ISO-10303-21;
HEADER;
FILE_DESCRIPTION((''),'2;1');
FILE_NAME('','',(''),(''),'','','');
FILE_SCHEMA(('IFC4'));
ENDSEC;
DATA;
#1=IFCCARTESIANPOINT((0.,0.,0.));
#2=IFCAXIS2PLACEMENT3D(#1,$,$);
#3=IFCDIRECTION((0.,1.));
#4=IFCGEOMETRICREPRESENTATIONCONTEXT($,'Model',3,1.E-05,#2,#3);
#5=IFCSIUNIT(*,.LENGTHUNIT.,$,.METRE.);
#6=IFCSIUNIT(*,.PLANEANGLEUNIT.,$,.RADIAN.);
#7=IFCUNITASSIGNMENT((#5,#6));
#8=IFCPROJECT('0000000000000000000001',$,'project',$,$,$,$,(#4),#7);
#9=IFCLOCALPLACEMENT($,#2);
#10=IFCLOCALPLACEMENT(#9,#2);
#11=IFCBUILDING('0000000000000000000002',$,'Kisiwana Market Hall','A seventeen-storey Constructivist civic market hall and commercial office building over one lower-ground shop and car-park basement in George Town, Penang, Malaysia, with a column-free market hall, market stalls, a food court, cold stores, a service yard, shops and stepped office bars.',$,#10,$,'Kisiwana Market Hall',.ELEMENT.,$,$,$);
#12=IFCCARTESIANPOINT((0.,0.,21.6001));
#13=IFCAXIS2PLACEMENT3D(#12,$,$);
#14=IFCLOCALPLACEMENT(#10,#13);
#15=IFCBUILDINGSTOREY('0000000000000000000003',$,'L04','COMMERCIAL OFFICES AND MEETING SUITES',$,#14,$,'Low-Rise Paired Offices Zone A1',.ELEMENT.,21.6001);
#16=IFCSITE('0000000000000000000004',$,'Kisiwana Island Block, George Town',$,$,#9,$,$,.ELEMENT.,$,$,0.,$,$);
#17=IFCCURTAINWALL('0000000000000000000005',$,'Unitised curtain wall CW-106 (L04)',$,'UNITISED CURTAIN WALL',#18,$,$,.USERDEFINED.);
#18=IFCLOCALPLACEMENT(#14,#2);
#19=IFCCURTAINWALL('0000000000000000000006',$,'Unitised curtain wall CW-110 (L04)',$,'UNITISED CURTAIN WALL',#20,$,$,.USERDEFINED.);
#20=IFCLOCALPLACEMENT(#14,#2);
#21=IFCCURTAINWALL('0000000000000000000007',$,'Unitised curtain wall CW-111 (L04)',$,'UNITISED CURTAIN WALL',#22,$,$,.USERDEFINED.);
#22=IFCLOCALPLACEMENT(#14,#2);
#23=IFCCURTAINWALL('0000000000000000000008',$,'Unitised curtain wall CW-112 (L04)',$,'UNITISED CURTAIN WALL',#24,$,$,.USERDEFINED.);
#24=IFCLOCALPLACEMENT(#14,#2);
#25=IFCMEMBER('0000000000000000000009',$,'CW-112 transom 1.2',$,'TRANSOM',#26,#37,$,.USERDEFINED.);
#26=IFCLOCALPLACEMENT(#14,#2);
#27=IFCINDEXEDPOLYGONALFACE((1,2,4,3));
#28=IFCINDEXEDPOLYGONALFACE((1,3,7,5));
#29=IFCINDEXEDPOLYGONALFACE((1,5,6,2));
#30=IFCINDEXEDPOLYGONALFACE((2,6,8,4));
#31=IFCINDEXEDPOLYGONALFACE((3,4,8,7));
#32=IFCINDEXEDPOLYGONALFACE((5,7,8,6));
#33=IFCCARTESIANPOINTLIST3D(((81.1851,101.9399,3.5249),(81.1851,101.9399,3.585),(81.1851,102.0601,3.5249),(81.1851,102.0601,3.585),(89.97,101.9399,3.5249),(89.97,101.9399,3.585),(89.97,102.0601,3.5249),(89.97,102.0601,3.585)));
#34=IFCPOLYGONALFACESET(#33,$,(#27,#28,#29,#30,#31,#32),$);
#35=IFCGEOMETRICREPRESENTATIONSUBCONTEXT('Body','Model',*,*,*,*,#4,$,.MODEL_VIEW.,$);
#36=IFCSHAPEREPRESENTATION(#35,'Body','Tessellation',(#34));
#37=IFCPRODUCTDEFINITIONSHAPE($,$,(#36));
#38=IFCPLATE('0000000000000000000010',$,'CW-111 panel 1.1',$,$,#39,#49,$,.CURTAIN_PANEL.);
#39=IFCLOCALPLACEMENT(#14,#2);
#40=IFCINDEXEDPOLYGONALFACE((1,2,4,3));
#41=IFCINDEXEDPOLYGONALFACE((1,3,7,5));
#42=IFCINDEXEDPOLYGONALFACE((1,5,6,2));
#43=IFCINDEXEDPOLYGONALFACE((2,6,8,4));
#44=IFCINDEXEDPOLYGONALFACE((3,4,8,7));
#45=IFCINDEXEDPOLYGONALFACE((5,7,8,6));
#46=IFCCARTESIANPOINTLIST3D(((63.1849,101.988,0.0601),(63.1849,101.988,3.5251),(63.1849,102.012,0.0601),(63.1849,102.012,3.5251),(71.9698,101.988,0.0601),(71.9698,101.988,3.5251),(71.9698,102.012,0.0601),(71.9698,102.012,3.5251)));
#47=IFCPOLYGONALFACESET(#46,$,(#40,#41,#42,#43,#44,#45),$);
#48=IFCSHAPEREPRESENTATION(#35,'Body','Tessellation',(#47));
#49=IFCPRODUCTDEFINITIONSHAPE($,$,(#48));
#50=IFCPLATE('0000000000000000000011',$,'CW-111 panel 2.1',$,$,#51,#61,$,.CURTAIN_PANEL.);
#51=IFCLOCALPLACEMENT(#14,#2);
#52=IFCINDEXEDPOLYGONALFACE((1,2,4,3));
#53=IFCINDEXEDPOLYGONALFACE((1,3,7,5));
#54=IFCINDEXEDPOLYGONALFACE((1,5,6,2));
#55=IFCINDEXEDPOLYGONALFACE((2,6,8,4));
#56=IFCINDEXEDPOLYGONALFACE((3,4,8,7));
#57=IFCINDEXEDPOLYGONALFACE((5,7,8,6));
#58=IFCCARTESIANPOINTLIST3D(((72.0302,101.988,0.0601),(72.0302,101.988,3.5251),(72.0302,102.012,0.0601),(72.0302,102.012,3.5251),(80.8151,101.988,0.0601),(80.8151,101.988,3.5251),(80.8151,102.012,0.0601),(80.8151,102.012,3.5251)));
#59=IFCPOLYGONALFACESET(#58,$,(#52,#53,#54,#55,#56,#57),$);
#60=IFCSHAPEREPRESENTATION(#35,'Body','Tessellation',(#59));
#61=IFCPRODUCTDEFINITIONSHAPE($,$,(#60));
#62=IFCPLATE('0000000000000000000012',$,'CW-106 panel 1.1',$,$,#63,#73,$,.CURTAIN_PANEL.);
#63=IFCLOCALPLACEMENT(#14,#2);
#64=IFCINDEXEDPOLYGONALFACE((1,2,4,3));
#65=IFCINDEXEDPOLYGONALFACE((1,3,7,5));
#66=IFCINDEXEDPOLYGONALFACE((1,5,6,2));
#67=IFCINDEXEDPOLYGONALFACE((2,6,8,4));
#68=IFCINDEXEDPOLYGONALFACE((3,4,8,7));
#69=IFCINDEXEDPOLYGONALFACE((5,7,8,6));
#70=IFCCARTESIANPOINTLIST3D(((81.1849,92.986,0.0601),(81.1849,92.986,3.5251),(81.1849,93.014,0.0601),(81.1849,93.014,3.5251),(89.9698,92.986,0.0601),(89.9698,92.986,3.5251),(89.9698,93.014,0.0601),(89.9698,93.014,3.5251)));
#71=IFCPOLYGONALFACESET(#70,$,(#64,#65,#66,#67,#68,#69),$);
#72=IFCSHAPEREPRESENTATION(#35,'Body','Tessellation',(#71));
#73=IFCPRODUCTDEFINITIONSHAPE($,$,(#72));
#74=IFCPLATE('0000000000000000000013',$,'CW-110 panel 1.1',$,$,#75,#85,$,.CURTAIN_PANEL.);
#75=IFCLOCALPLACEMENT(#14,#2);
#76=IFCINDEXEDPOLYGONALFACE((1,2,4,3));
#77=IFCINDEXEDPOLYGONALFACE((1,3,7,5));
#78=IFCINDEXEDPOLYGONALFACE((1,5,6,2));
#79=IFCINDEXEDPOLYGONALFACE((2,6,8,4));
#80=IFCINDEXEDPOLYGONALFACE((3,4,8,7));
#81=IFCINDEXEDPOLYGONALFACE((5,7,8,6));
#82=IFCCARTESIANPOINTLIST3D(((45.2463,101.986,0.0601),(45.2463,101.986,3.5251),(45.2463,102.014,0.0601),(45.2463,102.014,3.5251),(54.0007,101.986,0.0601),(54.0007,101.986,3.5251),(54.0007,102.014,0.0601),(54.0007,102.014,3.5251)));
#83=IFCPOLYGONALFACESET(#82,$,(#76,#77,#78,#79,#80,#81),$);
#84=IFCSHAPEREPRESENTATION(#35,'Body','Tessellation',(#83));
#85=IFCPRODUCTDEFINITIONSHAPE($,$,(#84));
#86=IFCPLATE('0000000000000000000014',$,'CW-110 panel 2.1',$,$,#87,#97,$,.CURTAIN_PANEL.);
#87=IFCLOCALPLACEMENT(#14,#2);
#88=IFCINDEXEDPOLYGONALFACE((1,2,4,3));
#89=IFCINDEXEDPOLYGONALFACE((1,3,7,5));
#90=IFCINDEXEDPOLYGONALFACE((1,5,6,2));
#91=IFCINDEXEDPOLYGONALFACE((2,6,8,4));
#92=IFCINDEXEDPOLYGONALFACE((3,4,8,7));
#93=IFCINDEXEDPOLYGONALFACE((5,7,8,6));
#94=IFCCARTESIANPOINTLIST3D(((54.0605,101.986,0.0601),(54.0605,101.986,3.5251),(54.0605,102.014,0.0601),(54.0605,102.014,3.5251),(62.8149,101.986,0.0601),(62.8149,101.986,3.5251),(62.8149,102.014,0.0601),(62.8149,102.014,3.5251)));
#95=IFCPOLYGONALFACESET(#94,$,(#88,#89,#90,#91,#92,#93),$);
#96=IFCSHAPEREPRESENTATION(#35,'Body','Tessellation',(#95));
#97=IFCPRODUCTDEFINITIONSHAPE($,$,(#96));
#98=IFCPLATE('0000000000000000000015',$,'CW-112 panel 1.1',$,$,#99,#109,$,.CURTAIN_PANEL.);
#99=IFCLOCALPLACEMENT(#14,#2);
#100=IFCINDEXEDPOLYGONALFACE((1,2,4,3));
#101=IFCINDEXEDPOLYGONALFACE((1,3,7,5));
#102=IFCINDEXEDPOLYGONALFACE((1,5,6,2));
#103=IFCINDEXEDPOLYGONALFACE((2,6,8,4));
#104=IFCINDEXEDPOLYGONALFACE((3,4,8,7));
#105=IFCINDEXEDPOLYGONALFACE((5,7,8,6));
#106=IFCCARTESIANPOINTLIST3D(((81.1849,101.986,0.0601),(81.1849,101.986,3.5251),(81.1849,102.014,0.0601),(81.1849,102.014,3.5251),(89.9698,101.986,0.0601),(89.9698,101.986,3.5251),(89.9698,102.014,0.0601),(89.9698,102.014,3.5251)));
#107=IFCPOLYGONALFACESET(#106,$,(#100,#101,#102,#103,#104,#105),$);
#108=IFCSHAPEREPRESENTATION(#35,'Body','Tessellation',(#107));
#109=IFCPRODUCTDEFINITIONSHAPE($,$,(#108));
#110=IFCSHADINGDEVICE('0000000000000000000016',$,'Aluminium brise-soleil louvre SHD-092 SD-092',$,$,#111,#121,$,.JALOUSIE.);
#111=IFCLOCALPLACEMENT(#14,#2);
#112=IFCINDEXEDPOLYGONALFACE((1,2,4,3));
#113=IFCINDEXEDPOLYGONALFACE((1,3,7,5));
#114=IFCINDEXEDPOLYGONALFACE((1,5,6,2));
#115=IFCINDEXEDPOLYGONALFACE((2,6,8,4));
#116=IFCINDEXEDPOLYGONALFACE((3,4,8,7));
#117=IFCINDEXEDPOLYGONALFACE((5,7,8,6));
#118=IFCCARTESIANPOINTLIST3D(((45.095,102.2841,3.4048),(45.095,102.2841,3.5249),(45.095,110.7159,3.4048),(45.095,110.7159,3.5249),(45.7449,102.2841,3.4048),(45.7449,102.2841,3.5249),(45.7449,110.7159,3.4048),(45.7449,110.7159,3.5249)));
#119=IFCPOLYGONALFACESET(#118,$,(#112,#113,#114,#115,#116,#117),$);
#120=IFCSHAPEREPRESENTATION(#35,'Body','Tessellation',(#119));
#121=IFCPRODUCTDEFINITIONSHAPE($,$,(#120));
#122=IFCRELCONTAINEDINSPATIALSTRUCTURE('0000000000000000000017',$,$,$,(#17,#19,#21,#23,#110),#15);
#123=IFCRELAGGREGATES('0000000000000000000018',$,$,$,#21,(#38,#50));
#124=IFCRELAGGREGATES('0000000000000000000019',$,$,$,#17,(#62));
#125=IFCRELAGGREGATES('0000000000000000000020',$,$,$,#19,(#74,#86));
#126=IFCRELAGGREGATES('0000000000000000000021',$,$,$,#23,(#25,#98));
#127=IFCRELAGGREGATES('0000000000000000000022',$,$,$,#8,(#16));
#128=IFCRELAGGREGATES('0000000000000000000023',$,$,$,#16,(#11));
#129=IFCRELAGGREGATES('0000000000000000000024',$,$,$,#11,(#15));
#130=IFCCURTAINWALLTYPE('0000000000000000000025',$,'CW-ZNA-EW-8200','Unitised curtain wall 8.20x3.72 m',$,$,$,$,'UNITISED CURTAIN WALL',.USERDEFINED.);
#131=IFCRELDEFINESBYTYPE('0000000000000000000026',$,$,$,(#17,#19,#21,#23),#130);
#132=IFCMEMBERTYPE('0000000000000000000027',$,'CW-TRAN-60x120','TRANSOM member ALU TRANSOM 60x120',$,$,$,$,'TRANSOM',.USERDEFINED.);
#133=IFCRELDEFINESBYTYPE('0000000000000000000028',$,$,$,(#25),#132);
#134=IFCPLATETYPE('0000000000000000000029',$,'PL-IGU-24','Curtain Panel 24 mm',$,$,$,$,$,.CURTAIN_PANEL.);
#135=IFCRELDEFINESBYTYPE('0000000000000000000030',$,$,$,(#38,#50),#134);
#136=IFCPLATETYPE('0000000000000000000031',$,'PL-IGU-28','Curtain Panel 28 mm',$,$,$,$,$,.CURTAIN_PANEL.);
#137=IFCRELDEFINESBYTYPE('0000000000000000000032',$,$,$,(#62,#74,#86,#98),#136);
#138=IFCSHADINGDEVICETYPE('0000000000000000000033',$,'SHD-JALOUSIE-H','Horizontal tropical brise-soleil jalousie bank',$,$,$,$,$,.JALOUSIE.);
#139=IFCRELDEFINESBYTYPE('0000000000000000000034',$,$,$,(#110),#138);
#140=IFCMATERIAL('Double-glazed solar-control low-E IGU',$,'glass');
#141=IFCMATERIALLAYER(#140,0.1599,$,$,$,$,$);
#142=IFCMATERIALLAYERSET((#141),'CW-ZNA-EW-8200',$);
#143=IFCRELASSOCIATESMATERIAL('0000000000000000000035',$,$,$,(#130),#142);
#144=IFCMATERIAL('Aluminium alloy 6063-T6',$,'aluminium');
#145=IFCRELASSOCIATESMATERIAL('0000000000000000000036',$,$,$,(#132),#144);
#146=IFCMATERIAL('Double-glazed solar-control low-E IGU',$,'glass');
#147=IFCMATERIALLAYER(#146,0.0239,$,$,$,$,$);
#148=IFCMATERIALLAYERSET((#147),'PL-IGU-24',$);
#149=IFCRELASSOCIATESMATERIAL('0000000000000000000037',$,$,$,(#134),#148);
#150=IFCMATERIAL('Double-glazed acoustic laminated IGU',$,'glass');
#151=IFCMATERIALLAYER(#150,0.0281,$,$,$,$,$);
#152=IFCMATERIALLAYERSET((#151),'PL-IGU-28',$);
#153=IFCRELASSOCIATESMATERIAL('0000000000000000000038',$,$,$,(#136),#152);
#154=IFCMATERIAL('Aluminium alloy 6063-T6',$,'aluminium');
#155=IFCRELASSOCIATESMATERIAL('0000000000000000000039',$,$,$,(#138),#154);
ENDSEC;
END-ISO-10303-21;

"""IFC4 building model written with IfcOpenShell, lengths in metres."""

from ifc_helpers import new_model, si_unit, direction, frame, origin, origin_2d, place, context, subcontext, project, spatial, rectangle, extrude, material, layer, layer_set, material_profile, profile_set, type_object, element, aggregate, save


model = new_model("IFC4")

# Units and contexts
model_context = context("Model", 3, precision=1e-05, world=origin(), true_north=direction((0.0, 1.0)))
body_context = subcontext(model_context, "Body", "Model", "MODEL_VIEW")
ifc_project = project(units=[si_unit("LENGTHUNIT", "METRE"), si_unit("PLANEANGLEUNIT", "RADIAN")], contexts=[model_context])

# Site, building, storey
site_placement = place(None, origin())
site = spatial("IfcSite", under=ifc_project, at=site_placement, Name="Kisiwana Island Block, George Town", CompositionType="ELEMENT", RefElevation=0.0)
building_placement = place(site_placement, origin())
building = spatial("IfcBuilding", under=site, at=building_placement, Name="Kisiwana Market Hall", Description="A seventeen-storey Constructivist civic market hall and commercial office building over one lower-ground shop and car-park basement in George Town, Penang, Malaysia, with a column-free market hall, market stalls, a food court, cold stores, a service yard, shops and stepped office bars.", LongName="Kisiwana Market Hall", CompositionType="ELEMENT")
storey_placement = place(building_placement, frame((0.0, 0.0, 21.6001)))
storey = spatial("IfcBuildingStorey", under=building, at=storey_placement, Name="L04", Description="COMMERCIAL OFFICES AND MEETING SUITES", LongName="Low-Rise Paired Offices Zone A1", CompositionType="ELEMENT", Elevation=21.6001)

# Curtain wall
ifc_material_1 = material(Name="Double-glazed solar-control low-E IGU", Category="glass")
ifc_layer_1 = layer(ifc_material_1, 0.1599)
ifc_layer_set_1 = layer_set([ifc_layer_1], Name="CW-ZNA-EW-8200")
curtain_wall_type = type_object("IfcCurtainWallType", Name="CW-ZNA-EW-8200", Description="Unitised curtain wall 8.20x3.72 m", ElementType="UNITISED CURTAIN WALL", PredefinedType="USERDEFINED", material=ifc_layer_set_1)
curtain_wall_1_placement = place(storey_placement, origin())
curtain_wall_1 = element("IfcCurtainWall", 1, at=curtain_wall_1_placement, inside=storey, type_object=curtain_wall_type, Name="Unitised curtain wall CW-106 (L04)", ObjectType="UNITISED CURTAIN WALL", PredefinedType="USERDEFINED")

# Curtain walls
curtain_wall_2_placement = place(storey_placement, origin())
curtain_wall_2 = element("IfcCurtainWall", 2, at=curtain_wall_2_placement, inside=storey, type_object=curtain_wall_type, Name="Unitised curtain wall CW-110 (L04)", ObjectType="UNITISED CURTAIN WALL", PredefinedType="USERDEFINED")
curtain_wall_3_placement = place(storey_placement, origin())
curtain_wall_3 = element("IfcCurtainWall", 3, at=curtain_wall_3_placement, inside=storey, type_object=curtain_wall_type, Name="Unitised curtain wall CW-111 (L04)", ObjectType="UNITISED CURTAIN WALL", PredefinedType="USERDEFINED")

# Curtain wall
curtain_wall_4_placement = place(storey_placement, origin())
curtain_wall_4 = element("IfcCurtainWall", 4, at=curtain_wall_4_placement, inside=storey, type_object=curtain_wall_type, Name="Unitised curtain wall CW-112 (L04)", ObjectType="UNITISED CURTAIN WALL", PredefinedType="USERDEFINED")

# Member
ifc_material_2 = material(Name="Aluminium alloy 6063-T6", Category="aluminium")
ifc_material_profile_1 = material_profile(ifc_material_2, rectangle(XDim=0.1201, YDim=0.0601, at=origin_2d()), Name="ALU TRANSOM 60x120")
ifc_profile_set_1 = profile_set([ifc_material_profile_1], Name="Aluminium alloy 6063-T6")
member_type_1 = type_object("IfcMemberType", Name="CW-TRAN-60x120", Description="TRANSOM member ALU TRANSOM 60x120", ElementType="TRANSOM", PredefinedType="USERDEFINED", material=ifc_profile_set_1)
member_1_placement = place(storey_placement, frame((81.1851, 102.0, 3.5549), z_axis=(1.0, 0.0, 0.0), x_axis=(0.0, 1.0, 0.0)))
member_1 = element("IfcMember", 5, at=member_1_placement, type_object=member_type_1, Name="CW-112 transom 1.2", ObjectType="TRANSOM", PredefinedType="USERDEFINED", context=body_context, shape_type="SweptSolid", body=[
    extrude(rectangle(XDim=0.1201, YDim=0.0601, at=origin_2d()), origin(), (0.0, 0.0, 1.0), 8.7849),
])

# Plates
ifc_material_3 = material(Name="Double-glazed solar-control low-E IGU", Category="glass")
ifc_layer_2 = layer(ifc_material_3, 0.0239)
ifc_layer_set_2 = layer_set([ifc_layer_2], Name="PL-IGU-24")
plate_type_1 = type_object("IfcPlateType", Name="PL-IGU-24", Description="Curtain Panel 24 mm", PredefinedType="CURTAIN_PANEL", material=ifc_layer_set_2)
plate_1_placement = place(storey_placement, frame((67.5774, 102.0, 0.0601), z_axis=(0.0, 0.0, 1.0), x_axis=(1.0, 0.0, 0.0)))
plate_1 = element("IfcPlate", 6, at=plate_1_placement, type_object=plate_type_1, Name="CW-111 panel 1.1", PredefinedType="CURTAIN_PANEL", context=body_context, shape_type="SweptSolid", body=[
    extrude(rectangle(XDim=8.7849, YDim=0.0239, at=origin_2d()), origin(), (0.0, 0.0, 1.0), 3.4651),
])
plate_2_placement = place(storey_placement, frame((76.4226, 102.0, 0.0601), z_axis=(0.0, 0.0, 1.0), x_axis=(1.0, 0.0, 0.0)))
plate_2 = element("IfcPlate", 7, at=plate_2_placement, type_object=plate_type_1, Name="CW-111 panel 2.1", PredefinedType="CURTAIN_PANEL", context=body_context, shape_type="SweptSolid", body=[
    extrude(rectangle(XDim=8.7849, YDim=0.0239, at=origin_2d()), origin(), (0.0, 0.0, 1.0), 3.4651),
])
aggregate(curtain_wall_3, [plate_1, plate_2])
ifc_material_4 = material(Name="Double-glazed acoustic laminated IGU", Category="glass")
ifc_layer_3 = layer(ifc_material_4, 0.0281)
ifc_layer_set_3 = layer_set([ifc_layer_3], Name="PL-IGU-28")
plate_type_2 = type_object("IfcPlateType", Name="PL-IGU-28", Description="Curtain Panel 28 mm", PredefinedType="CURTAIN_PANEL", material=ifc_layer_set_3)
plate_3_placement = place(storey_placement, frame((85.5774, 93.0, 0.0601), z_axis=(0.0, 0.0, 1.0), x_axis=(1.0, 0.0, 0.0)))
plate_3 = element("IfcPlate", 8, at=plate_3_placement, type_object=plate_type_2, Name="CW-106 panel 1.1", PredefinedType="CURTAIN_PANEL", context=body_context, shape_type="SweptSolid", body=[
    extrude(rectangle(XDim=8.7849, YDim=0.0281, at=origin_2d()), origin(), (0.0, 0.0, 1.0), 3.4651),
])
aggregate(curtain_wall_1, [plate_3])
plate_4_placement = place(storey_placement, frame((49.6235, 102.0, 0.0601), z_axis=(0.0, 0.0, 1.0), x_axis=(1.0, 0.0, 0.0)))
plate_4 = element("IfcPlate", 9, at=plate_4_placement, type_object=plate_type_2, Name="CW-110 panel 1.1", PredefinedType="CURTAIN_PANEL", context=body_context, shape_type="SweptSolid", body=[
    extrude(rectangle(XDim=8.7544, YDim=0.0281, at=origin_2d()), origin(), (0.0, 0.0, 1.0), 3.4651),
])
plate_5_placement = place(storey_placement, frame((58.4377, 102.0, 0.0601), z_axis=(0.0, 0.0, 1.0), x_axis=(1.0, 0.0, 0.0)))
plate_5 = element("IfcPlate", 10, at=plate_5_placement, type_object=plate_type_2, Name="CW-110 panel 2.1", PredefinedType="CURTAIN_PANEL", context=body_context, shape_type="SweptSolid", body=[
    extrude(rectangle(XDim=8.7544, YDim=0.0281, at=origin_2d()), origin(), (0.0, 0.0, 1.0), 3.4651),
])
aggregate(curtain_wall_2, [plate_4, plate_5])
plate_6_placement = place(storey_placement, frame((85.5774, 102.0, 0.0601), z_axis=(0.0, 0.0, 1.0), x_axis=(1.0, 0.0, 0.0)))
plate_6 = element("IfcPlate", 11, at=plate_6_placement, type_object=plate_type_2, Name="CW-112 panel 1.1", PredefinedType="CURTAIN_PANEL", context=body_context, shape_type="SweptSolid", body=[
    extrude(rectangle(XDim=8.7849, YDim=0.0281, at=origin_2d()), origin(), (0.0, 0.0, 1.0), 3.4651),
])
aggregate(curtain_wall_4, [member_1, plate_6])

# Shading device
ifc_material_5 = material(Name="Aluminium alloy 6063-T6", Category="aluminium")
shading_device_type = type_object("IfcShadingDeviceType", Name="SHD-JALOUSIE-H", Description="Horizontal tropical brise-soleil jalousie bank", PredefinedType="JALOUSIE", material=ifc_material_5)
shading_device_placement = place(storey_placement, frame((45.4199, 106.5, 3.4048), z_axis=(0.0, 0.0, 1.0), x_axis=(0.0, 1.0, 0.0)))
element("IfcShadingDevice", 12, at=shading_device_placement, inside=storey, type_object=shading_device_type, Name="Aluminium brise-soleil louvre SHD-092 SD-092", PredefinedType="JALOUSIE", context=body_context, shape_type="SweptSolid", body=[
    extrude(rectangle(XDim=8.4319, YDim=0.6499, at=origin_2d()), origin(), (0.0, 0.0, 1.0), 0.1201),
])

save(model, "model.ifc")
